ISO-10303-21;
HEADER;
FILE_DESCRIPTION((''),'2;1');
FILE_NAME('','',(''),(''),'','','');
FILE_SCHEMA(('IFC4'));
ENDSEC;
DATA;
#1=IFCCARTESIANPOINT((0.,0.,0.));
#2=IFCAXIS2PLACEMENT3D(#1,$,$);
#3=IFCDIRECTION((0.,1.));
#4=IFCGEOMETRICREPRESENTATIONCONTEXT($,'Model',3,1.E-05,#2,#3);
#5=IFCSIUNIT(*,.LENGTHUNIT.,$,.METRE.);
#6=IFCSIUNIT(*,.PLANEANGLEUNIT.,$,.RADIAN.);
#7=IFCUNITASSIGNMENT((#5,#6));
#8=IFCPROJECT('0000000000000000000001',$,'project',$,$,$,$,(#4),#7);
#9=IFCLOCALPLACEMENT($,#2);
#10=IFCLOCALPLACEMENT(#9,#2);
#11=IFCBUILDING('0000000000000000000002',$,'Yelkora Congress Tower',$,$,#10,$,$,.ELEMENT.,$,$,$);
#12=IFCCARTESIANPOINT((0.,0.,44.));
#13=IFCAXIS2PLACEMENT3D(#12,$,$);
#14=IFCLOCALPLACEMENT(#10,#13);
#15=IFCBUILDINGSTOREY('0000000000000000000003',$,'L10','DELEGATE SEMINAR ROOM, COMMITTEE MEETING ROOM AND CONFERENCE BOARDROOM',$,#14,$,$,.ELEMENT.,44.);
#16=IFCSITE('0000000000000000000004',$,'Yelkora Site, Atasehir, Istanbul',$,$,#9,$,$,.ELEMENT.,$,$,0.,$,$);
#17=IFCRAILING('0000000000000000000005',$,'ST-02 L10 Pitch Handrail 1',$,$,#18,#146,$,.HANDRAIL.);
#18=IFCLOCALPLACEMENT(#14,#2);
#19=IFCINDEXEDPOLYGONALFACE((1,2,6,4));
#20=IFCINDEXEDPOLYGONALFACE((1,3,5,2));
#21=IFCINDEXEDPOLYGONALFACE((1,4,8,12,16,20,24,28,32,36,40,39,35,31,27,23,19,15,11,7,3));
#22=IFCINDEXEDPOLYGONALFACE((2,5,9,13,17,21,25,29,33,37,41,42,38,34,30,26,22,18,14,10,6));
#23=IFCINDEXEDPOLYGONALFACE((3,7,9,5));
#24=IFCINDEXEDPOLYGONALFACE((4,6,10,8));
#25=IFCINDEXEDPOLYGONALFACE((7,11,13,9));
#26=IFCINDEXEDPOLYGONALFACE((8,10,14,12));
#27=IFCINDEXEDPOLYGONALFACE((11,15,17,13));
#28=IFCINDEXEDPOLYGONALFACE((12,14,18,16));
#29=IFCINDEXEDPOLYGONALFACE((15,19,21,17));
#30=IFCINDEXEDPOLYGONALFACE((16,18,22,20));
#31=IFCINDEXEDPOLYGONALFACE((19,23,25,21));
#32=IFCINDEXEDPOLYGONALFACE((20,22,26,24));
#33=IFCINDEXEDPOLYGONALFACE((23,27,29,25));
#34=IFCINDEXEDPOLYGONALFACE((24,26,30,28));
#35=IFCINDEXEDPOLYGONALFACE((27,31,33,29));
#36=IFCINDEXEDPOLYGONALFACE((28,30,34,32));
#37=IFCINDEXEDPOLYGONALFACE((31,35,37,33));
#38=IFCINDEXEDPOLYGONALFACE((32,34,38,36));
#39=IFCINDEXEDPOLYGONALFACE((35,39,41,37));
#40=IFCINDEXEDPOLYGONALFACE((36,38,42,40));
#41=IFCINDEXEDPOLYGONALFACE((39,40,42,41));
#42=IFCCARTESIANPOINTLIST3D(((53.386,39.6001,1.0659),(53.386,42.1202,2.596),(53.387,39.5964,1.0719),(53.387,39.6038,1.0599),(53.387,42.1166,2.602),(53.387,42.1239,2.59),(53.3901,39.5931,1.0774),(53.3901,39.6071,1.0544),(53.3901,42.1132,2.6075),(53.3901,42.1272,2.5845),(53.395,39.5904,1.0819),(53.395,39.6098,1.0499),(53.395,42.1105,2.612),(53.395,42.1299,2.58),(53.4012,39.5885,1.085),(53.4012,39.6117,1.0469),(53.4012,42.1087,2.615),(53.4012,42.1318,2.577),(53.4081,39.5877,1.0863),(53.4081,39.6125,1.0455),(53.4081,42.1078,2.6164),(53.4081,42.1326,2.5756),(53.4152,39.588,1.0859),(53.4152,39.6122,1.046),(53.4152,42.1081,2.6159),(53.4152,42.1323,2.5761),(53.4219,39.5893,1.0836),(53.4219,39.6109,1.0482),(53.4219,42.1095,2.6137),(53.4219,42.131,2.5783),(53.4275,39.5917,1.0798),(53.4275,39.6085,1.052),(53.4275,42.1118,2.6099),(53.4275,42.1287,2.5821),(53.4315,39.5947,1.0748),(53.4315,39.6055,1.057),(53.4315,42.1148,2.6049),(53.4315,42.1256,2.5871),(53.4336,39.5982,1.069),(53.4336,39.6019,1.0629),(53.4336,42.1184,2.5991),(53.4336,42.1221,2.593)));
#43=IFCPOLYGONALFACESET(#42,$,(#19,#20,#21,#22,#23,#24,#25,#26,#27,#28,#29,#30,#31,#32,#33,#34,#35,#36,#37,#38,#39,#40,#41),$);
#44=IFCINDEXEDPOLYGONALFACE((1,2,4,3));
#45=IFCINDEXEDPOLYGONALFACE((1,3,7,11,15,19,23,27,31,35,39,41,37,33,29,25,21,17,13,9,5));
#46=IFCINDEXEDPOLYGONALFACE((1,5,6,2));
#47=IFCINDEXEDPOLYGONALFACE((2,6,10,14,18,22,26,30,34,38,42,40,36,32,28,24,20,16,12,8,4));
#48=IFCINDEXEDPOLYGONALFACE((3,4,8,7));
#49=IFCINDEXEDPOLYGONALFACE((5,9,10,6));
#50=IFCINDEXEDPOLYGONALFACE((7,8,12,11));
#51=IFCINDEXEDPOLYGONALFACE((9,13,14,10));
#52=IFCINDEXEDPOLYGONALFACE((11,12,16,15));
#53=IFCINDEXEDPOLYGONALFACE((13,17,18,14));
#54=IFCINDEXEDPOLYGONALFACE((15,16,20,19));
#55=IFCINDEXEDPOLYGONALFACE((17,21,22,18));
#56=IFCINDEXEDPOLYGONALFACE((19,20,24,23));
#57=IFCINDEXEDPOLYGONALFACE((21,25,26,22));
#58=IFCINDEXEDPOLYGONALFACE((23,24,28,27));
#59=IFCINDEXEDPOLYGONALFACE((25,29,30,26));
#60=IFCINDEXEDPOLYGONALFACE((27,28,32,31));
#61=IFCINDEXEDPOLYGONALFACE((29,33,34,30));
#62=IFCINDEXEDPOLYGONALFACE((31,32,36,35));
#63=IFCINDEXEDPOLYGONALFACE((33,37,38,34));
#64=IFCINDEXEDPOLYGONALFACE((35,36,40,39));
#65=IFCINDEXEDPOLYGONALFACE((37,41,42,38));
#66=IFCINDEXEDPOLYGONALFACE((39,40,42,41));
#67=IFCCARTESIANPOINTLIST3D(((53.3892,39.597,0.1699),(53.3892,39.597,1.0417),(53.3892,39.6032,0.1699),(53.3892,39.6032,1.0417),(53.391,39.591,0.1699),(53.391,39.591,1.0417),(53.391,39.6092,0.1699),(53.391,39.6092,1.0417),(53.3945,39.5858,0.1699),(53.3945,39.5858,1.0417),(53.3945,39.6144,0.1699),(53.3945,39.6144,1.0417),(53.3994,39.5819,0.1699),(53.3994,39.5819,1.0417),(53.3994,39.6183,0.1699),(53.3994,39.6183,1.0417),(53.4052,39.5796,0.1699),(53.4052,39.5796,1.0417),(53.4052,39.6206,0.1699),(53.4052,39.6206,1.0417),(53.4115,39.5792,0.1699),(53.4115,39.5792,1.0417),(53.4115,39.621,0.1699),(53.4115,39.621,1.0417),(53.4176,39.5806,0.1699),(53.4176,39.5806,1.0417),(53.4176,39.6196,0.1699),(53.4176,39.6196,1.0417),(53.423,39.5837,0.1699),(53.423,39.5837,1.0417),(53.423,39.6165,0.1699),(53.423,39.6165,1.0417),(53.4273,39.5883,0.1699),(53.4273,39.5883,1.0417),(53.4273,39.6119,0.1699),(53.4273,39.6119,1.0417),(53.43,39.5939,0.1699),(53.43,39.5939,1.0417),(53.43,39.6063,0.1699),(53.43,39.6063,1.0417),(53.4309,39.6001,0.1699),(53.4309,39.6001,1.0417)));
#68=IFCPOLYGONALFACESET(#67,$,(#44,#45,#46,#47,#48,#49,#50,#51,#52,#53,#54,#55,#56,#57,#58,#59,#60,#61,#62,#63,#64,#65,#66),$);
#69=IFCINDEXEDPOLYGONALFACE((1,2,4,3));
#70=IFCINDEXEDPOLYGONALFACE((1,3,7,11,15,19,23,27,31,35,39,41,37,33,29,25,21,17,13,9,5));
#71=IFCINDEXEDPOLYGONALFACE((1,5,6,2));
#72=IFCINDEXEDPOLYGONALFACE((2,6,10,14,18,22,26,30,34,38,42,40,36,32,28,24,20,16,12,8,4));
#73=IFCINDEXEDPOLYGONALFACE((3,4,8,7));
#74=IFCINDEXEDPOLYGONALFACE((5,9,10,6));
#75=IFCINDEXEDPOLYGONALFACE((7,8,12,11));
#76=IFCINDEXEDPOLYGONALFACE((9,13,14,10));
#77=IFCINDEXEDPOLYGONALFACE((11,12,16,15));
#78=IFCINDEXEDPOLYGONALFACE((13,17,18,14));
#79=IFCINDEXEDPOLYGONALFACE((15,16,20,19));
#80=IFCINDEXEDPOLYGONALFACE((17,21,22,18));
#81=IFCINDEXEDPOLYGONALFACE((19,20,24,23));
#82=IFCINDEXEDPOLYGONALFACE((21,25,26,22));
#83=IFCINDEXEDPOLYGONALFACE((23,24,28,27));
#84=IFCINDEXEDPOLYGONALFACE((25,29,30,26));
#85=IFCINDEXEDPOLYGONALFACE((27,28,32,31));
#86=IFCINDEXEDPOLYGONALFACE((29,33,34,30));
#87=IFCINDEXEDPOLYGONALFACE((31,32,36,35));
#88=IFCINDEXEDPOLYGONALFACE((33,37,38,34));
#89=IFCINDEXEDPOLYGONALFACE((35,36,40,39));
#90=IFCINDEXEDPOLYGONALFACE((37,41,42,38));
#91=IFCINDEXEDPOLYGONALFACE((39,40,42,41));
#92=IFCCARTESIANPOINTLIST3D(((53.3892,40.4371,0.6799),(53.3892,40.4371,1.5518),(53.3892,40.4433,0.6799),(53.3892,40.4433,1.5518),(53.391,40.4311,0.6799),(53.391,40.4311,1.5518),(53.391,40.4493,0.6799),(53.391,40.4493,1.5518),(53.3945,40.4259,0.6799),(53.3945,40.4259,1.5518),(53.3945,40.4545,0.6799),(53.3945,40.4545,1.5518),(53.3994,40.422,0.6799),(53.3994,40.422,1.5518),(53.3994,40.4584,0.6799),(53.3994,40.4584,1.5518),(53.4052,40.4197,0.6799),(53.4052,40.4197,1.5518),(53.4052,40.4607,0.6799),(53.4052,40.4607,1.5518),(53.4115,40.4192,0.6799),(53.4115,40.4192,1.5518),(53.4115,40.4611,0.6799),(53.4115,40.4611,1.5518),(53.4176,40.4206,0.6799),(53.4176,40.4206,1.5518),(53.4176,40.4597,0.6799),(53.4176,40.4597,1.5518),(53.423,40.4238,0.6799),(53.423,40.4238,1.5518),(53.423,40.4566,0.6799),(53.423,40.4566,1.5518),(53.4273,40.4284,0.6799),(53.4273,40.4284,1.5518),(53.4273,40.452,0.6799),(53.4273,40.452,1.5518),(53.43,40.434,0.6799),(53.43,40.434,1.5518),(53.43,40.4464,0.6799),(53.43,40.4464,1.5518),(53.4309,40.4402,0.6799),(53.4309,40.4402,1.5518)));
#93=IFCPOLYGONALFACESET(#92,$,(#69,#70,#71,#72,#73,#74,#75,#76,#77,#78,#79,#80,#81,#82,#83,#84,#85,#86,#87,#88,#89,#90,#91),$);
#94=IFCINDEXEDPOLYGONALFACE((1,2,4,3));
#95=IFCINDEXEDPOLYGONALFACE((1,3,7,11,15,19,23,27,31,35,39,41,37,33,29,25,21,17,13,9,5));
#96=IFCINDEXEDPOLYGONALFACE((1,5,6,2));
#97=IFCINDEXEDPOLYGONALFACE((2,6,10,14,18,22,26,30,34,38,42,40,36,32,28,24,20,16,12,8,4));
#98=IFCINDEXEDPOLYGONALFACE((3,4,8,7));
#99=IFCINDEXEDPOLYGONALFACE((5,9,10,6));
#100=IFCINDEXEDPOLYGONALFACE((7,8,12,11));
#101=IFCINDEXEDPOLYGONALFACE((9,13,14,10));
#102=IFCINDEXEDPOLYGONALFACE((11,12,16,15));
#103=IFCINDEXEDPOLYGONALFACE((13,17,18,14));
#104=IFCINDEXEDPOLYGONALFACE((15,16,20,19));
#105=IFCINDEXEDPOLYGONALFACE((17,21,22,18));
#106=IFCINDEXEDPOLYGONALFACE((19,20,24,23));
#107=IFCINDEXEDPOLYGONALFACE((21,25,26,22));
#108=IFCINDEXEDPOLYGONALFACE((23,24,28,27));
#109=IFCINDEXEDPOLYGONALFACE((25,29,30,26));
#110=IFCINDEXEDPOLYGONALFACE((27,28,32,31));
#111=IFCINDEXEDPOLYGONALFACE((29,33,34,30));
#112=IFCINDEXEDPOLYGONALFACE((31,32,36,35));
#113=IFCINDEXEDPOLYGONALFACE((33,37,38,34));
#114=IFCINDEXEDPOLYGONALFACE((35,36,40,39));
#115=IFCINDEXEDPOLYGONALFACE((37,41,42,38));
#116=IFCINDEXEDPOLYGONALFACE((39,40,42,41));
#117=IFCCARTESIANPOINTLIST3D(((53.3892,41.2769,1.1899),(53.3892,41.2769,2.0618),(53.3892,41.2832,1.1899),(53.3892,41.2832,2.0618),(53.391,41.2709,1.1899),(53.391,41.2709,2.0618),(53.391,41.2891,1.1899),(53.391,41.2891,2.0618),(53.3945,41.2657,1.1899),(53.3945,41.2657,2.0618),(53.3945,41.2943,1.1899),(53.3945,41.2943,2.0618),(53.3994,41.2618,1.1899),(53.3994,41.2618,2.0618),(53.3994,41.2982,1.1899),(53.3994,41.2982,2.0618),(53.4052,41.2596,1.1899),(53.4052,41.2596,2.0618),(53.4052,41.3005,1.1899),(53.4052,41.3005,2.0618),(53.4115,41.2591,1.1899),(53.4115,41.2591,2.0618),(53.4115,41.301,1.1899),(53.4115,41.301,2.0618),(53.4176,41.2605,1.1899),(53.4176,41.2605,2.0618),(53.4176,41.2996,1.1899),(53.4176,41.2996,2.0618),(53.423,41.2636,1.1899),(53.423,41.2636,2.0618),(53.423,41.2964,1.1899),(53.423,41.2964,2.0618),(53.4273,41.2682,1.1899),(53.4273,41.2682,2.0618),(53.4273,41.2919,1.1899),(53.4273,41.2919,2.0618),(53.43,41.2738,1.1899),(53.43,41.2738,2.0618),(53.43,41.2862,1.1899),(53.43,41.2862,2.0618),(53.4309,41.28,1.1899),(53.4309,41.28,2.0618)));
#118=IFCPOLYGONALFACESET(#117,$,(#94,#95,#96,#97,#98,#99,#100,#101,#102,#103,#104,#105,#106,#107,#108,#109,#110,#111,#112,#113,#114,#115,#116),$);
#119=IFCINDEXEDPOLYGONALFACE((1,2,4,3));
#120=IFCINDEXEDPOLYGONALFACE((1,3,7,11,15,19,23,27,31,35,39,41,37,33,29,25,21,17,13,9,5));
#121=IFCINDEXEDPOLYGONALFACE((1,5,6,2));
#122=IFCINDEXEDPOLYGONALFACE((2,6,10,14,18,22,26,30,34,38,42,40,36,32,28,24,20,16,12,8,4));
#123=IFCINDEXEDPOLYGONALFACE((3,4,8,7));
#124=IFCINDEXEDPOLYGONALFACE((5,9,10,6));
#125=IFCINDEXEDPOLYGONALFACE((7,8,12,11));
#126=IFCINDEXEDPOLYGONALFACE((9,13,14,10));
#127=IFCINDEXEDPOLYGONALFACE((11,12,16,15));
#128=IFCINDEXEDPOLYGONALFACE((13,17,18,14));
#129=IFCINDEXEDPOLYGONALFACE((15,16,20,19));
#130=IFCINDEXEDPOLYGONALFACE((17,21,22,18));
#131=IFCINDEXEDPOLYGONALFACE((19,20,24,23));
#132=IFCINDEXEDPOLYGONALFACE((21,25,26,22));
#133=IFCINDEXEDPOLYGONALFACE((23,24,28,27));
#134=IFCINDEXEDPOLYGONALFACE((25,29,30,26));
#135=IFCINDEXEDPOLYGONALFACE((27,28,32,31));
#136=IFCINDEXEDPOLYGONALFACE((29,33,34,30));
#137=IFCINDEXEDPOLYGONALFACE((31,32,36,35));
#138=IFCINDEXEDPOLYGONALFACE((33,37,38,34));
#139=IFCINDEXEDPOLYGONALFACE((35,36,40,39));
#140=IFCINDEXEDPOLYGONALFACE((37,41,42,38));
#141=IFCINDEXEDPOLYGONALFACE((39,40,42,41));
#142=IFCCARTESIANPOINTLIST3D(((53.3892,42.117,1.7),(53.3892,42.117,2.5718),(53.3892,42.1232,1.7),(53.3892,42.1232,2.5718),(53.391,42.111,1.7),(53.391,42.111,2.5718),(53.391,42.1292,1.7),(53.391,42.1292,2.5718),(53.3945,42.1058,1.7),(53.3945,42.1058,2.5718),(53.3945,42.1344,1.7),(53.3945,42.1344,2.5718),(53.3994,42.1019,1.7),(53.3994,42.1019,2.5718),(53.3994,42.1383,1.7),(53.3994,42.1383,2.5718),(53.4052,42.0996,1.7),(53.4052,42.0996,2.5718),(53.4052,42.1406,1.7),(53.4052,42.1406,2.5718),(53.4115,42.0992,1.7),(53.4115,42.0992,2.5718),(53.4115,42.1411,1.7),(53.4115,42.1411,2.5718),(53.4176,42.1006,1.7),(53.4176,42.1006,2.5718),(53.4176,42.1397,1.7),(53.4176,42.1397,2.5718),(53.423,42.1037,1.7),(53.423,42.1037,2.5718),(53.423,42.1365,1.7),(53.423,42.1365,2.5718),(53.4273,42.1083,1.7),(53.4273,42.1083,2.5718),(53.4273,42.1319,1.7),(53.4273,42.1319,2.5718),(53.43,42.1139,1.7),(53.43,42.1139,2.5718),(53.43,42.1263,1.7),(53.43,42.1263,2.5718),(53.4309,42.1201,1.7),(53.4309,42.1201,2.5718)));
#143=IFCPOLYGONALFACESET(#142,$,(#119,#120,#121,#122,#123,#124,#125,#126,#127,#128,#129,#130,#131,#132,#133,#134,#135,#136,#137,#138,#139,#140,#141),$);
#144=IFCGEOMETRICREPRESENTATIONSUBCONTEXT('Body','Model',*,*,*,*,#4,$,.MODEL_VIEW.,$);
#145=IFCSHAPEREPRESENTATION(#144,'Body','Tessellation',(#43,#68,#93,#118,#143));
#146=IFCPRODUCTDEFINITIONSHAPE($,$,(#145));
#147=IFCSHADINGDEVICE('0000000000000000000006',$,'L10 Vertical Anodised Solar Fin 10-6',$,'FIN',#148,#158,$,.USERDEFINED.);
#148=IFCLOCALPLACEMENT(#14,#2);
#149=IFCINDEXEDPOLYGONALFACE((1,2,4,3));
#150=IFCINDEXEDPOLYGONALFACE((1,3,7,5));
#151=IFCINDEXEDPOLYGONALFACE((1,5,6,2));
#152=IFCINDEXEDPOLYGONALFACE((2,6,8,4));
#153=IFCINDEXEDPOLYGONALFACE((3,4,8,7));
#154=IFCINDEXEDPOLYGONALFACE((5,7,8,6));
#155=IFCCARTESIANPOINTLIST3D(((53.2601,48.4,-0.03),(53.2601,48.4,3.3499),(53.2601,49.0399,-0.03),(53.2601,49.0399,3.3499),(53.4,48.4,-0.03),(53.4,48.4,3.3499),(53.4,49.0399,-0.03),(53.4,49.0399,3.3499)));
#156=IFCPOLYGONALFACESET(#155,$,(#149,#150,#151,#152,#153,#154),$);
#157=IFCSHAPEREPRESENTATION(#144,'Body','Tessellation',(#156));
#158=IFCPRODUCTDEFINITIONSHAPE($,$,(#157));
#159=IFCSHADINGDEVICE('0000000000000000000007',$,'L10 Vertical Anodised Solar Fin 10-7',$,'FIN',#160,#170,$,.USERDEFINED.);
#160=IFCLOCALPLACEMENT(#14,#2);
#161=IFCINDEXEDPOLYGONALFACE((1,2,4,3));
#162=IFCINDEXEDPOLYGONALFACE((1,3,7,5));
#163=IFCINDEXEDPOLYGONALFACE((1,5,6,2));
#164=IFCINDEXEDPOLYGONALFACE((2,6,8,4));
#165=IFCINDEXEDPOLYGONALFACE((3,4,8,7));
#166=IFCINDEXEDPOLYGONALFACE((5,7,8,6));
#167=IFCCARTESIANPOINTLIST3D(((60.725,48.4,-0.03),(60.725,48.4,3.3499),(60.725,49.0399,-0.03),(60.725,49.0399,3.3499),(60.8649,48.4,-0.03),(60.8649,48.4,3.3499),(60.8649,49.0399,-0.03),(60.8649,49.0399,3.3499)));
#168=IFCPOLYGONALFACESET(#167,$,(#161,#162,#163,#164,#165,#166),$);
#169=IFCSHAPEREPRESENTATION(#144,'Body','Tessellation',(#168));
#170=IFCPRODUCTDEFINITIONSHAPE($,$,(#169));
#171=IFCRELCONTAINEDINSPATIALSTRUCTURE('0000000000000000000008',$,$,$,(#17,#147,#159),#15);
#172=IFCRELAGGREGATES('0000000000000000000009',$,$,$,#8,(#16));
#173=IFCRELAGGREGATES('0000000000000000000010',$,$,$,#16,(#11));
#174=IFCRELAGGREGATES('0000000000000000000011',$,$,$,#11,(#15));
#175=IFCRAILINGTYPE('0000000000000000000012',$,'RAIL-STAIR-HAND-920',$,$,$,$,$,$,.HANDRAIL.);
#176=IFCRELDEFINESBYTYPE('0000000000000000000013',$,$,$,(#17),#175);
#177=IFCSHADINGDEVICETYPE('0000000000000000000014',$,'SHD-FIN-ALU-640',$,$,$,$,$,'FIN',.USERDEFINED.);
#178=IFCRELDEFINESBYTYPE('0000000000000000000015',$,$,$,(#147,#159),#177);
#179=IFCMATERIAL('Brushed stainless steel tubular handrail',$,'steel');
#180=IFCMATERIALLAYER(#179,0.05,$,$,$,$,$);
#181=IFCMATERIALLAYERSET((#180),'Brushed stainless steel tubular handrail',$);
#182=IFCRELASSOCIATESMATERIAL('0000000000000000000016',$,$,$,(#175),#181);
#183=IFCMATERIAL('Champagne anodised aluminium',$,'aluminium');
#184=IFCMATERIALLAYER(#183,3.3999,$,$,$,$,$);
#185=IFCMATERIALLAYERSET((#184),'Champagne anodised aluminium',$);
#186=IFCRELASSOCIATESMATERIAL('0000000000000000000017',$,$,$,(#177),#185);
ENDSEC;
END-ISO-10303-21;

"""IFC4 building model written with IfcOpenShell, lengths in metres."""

from ifc_helpers import new_model, si_unit, direction, frame, origin, origin_2d, place, context, subcontext, project, spatial, rectangle, circle, extrude, material, layer, layer_set, type_object, element, save


model = new_model("IFC4")

# Units and contexts
model_context = context("Model", 3, precision=1e-05, world=origin(), true_north=direction((0.0, 1.0)))
body_context = subcontext(model_context, "Body", "Model", "MODEL_VIEW")
ifc_project = project(units=[si_unit("LENGTHUNIT", "METRE"), si_unit("PLANEANGLEUNIT", "RADIAN")], contexts=[model_context])

# Site, building, storey
site_placement = place(None, origin())
site = spatial("IfcSite", under=ifc_project, at=site_placement, Name="Yelkora Site, Atasehir, Istanbul", CompositionType="ELEMENT", RefElevation=0.0)
building_placement = place(site_placement, origin())
building = spatial("IfcBuilding", under=site, at=building_placement, Name="Yelkora Congress Tower", CompositionType="ELEMENT")
storey_placement = place(building_placement, frame((0.0, 0.0, 44.0)))
storey = spatial("IfcBuildingStorey", under=building, at=storey_placement, Name="L10", Description="DELEGATE SEMINAR ROOM, COMMITTEE MEETING ROOM AND CONFERENCE BOARDROOM", CompositionType="ELEMENT", Elevation=44.0)

# Railing
ifc_material_1 = material(Name="Brushed stainless steel tubular handrail", Category="steel")
ifc_layer_1 = layer(ifc_material_1, 0.05)
ifc_layer_set_1 = layer_set([ifc_layer_1], Name="Brushed stainless steel tubular handrail")
railing_type_1 = type_object("IfcRailingType", Name="RAIL-STAIR-HAND-920", PredefinedType="HANDRAIL", material=ifc_layer_set_1)
railing_1_placement = place(storey_placement, frame((53.4099, 39.6001, 0.1699)))
element("IfcRailing", 1, at=railing_1_placement, inside=storey, type_object=railing_type_1, Name="ST-02 L10 Pitch Handrail 1", PredefinedType="HANDRAIL", context=body_context, shape_type="SweptSolid", body=[
    extrude(circle(Radius=0.0239, at=origin_2d()), frame((0.0, 0.0, 0.896), z_axis=(0.0, 0.854785, 0.518982), x_axis=(-1.0, 0.0, 0.0)), (0.0, 0.0, 1.0), 2.9482),
    extrude(circle(Radius=0.021, at=origin_2d()), origin(), (0.0, 0.0, 1.0), 0.8718),
    extrude(circle(Radius=0.021, at=origin_2d()), frame((0.0, 0.8401, 0.51)), (0.0, 0.0, 1.0), 0.8718),
    extrude(circle(Radius=0.021, at=origin_2d()), frame((0.0, 1.6799, 1.02)), (0.0, 0.0, 1.0), 0.8718),
    extrude(circle(Radius=0.021, at=origin_2d()), frame((0.0, 2.52, 1.53)), (0.0, 0.0, 1.0), 0.8718),
])

# Shading devices
ifc_material_2 = material(Name="Champagne anodised aluminium", Category="aluminium")
ifc_layer_2 = layer(ifc_material_2, 3.3999)
ifc_layer_set_2 = layer_set([ifc_layer_2], Name="Champagne anodised aluminium")
shading_device_type = type_object("IfcShadingDeviceType", Name="SHD-FIN-ALU-640", ElementType="FIN", PredefinedType="USERDEFINED", material=ifc_layer_set_2)
for number, where, z_axis, x_axis, name in (
    (2, (53.3301, 48.72, -0.03), (0.0, 0.0, 1.0), (1.0, 0.0, 0.0), "L10 Vertical Anodised Solar Fin 10-6"),
    (3, (60.7949, 48.72, -0.03), (0.0, 0.0, 1.0), (1.0, 0.0, 0.0), "L10 Vertical Anodised Solar Fin 10-7"),
):
    element("IfcShadingDevice", number, at=place(storey_placement, frame(where, z_axis=z_axis, x_axis=x_axis)), inside=storey, type_object=shading_device_type, Name=name, ObjectType="FIN", PredefinedType="USERDEFINED", context=body_context, shape_type="SweptSolid", body=[
        extrude(rectangle(XDim=0.1399, YDim=0.6399, at=origin_2d()), origin(), (0.0, 0.0, 1.0), 3.3799),
    ])

save(model, "model.ifc")
